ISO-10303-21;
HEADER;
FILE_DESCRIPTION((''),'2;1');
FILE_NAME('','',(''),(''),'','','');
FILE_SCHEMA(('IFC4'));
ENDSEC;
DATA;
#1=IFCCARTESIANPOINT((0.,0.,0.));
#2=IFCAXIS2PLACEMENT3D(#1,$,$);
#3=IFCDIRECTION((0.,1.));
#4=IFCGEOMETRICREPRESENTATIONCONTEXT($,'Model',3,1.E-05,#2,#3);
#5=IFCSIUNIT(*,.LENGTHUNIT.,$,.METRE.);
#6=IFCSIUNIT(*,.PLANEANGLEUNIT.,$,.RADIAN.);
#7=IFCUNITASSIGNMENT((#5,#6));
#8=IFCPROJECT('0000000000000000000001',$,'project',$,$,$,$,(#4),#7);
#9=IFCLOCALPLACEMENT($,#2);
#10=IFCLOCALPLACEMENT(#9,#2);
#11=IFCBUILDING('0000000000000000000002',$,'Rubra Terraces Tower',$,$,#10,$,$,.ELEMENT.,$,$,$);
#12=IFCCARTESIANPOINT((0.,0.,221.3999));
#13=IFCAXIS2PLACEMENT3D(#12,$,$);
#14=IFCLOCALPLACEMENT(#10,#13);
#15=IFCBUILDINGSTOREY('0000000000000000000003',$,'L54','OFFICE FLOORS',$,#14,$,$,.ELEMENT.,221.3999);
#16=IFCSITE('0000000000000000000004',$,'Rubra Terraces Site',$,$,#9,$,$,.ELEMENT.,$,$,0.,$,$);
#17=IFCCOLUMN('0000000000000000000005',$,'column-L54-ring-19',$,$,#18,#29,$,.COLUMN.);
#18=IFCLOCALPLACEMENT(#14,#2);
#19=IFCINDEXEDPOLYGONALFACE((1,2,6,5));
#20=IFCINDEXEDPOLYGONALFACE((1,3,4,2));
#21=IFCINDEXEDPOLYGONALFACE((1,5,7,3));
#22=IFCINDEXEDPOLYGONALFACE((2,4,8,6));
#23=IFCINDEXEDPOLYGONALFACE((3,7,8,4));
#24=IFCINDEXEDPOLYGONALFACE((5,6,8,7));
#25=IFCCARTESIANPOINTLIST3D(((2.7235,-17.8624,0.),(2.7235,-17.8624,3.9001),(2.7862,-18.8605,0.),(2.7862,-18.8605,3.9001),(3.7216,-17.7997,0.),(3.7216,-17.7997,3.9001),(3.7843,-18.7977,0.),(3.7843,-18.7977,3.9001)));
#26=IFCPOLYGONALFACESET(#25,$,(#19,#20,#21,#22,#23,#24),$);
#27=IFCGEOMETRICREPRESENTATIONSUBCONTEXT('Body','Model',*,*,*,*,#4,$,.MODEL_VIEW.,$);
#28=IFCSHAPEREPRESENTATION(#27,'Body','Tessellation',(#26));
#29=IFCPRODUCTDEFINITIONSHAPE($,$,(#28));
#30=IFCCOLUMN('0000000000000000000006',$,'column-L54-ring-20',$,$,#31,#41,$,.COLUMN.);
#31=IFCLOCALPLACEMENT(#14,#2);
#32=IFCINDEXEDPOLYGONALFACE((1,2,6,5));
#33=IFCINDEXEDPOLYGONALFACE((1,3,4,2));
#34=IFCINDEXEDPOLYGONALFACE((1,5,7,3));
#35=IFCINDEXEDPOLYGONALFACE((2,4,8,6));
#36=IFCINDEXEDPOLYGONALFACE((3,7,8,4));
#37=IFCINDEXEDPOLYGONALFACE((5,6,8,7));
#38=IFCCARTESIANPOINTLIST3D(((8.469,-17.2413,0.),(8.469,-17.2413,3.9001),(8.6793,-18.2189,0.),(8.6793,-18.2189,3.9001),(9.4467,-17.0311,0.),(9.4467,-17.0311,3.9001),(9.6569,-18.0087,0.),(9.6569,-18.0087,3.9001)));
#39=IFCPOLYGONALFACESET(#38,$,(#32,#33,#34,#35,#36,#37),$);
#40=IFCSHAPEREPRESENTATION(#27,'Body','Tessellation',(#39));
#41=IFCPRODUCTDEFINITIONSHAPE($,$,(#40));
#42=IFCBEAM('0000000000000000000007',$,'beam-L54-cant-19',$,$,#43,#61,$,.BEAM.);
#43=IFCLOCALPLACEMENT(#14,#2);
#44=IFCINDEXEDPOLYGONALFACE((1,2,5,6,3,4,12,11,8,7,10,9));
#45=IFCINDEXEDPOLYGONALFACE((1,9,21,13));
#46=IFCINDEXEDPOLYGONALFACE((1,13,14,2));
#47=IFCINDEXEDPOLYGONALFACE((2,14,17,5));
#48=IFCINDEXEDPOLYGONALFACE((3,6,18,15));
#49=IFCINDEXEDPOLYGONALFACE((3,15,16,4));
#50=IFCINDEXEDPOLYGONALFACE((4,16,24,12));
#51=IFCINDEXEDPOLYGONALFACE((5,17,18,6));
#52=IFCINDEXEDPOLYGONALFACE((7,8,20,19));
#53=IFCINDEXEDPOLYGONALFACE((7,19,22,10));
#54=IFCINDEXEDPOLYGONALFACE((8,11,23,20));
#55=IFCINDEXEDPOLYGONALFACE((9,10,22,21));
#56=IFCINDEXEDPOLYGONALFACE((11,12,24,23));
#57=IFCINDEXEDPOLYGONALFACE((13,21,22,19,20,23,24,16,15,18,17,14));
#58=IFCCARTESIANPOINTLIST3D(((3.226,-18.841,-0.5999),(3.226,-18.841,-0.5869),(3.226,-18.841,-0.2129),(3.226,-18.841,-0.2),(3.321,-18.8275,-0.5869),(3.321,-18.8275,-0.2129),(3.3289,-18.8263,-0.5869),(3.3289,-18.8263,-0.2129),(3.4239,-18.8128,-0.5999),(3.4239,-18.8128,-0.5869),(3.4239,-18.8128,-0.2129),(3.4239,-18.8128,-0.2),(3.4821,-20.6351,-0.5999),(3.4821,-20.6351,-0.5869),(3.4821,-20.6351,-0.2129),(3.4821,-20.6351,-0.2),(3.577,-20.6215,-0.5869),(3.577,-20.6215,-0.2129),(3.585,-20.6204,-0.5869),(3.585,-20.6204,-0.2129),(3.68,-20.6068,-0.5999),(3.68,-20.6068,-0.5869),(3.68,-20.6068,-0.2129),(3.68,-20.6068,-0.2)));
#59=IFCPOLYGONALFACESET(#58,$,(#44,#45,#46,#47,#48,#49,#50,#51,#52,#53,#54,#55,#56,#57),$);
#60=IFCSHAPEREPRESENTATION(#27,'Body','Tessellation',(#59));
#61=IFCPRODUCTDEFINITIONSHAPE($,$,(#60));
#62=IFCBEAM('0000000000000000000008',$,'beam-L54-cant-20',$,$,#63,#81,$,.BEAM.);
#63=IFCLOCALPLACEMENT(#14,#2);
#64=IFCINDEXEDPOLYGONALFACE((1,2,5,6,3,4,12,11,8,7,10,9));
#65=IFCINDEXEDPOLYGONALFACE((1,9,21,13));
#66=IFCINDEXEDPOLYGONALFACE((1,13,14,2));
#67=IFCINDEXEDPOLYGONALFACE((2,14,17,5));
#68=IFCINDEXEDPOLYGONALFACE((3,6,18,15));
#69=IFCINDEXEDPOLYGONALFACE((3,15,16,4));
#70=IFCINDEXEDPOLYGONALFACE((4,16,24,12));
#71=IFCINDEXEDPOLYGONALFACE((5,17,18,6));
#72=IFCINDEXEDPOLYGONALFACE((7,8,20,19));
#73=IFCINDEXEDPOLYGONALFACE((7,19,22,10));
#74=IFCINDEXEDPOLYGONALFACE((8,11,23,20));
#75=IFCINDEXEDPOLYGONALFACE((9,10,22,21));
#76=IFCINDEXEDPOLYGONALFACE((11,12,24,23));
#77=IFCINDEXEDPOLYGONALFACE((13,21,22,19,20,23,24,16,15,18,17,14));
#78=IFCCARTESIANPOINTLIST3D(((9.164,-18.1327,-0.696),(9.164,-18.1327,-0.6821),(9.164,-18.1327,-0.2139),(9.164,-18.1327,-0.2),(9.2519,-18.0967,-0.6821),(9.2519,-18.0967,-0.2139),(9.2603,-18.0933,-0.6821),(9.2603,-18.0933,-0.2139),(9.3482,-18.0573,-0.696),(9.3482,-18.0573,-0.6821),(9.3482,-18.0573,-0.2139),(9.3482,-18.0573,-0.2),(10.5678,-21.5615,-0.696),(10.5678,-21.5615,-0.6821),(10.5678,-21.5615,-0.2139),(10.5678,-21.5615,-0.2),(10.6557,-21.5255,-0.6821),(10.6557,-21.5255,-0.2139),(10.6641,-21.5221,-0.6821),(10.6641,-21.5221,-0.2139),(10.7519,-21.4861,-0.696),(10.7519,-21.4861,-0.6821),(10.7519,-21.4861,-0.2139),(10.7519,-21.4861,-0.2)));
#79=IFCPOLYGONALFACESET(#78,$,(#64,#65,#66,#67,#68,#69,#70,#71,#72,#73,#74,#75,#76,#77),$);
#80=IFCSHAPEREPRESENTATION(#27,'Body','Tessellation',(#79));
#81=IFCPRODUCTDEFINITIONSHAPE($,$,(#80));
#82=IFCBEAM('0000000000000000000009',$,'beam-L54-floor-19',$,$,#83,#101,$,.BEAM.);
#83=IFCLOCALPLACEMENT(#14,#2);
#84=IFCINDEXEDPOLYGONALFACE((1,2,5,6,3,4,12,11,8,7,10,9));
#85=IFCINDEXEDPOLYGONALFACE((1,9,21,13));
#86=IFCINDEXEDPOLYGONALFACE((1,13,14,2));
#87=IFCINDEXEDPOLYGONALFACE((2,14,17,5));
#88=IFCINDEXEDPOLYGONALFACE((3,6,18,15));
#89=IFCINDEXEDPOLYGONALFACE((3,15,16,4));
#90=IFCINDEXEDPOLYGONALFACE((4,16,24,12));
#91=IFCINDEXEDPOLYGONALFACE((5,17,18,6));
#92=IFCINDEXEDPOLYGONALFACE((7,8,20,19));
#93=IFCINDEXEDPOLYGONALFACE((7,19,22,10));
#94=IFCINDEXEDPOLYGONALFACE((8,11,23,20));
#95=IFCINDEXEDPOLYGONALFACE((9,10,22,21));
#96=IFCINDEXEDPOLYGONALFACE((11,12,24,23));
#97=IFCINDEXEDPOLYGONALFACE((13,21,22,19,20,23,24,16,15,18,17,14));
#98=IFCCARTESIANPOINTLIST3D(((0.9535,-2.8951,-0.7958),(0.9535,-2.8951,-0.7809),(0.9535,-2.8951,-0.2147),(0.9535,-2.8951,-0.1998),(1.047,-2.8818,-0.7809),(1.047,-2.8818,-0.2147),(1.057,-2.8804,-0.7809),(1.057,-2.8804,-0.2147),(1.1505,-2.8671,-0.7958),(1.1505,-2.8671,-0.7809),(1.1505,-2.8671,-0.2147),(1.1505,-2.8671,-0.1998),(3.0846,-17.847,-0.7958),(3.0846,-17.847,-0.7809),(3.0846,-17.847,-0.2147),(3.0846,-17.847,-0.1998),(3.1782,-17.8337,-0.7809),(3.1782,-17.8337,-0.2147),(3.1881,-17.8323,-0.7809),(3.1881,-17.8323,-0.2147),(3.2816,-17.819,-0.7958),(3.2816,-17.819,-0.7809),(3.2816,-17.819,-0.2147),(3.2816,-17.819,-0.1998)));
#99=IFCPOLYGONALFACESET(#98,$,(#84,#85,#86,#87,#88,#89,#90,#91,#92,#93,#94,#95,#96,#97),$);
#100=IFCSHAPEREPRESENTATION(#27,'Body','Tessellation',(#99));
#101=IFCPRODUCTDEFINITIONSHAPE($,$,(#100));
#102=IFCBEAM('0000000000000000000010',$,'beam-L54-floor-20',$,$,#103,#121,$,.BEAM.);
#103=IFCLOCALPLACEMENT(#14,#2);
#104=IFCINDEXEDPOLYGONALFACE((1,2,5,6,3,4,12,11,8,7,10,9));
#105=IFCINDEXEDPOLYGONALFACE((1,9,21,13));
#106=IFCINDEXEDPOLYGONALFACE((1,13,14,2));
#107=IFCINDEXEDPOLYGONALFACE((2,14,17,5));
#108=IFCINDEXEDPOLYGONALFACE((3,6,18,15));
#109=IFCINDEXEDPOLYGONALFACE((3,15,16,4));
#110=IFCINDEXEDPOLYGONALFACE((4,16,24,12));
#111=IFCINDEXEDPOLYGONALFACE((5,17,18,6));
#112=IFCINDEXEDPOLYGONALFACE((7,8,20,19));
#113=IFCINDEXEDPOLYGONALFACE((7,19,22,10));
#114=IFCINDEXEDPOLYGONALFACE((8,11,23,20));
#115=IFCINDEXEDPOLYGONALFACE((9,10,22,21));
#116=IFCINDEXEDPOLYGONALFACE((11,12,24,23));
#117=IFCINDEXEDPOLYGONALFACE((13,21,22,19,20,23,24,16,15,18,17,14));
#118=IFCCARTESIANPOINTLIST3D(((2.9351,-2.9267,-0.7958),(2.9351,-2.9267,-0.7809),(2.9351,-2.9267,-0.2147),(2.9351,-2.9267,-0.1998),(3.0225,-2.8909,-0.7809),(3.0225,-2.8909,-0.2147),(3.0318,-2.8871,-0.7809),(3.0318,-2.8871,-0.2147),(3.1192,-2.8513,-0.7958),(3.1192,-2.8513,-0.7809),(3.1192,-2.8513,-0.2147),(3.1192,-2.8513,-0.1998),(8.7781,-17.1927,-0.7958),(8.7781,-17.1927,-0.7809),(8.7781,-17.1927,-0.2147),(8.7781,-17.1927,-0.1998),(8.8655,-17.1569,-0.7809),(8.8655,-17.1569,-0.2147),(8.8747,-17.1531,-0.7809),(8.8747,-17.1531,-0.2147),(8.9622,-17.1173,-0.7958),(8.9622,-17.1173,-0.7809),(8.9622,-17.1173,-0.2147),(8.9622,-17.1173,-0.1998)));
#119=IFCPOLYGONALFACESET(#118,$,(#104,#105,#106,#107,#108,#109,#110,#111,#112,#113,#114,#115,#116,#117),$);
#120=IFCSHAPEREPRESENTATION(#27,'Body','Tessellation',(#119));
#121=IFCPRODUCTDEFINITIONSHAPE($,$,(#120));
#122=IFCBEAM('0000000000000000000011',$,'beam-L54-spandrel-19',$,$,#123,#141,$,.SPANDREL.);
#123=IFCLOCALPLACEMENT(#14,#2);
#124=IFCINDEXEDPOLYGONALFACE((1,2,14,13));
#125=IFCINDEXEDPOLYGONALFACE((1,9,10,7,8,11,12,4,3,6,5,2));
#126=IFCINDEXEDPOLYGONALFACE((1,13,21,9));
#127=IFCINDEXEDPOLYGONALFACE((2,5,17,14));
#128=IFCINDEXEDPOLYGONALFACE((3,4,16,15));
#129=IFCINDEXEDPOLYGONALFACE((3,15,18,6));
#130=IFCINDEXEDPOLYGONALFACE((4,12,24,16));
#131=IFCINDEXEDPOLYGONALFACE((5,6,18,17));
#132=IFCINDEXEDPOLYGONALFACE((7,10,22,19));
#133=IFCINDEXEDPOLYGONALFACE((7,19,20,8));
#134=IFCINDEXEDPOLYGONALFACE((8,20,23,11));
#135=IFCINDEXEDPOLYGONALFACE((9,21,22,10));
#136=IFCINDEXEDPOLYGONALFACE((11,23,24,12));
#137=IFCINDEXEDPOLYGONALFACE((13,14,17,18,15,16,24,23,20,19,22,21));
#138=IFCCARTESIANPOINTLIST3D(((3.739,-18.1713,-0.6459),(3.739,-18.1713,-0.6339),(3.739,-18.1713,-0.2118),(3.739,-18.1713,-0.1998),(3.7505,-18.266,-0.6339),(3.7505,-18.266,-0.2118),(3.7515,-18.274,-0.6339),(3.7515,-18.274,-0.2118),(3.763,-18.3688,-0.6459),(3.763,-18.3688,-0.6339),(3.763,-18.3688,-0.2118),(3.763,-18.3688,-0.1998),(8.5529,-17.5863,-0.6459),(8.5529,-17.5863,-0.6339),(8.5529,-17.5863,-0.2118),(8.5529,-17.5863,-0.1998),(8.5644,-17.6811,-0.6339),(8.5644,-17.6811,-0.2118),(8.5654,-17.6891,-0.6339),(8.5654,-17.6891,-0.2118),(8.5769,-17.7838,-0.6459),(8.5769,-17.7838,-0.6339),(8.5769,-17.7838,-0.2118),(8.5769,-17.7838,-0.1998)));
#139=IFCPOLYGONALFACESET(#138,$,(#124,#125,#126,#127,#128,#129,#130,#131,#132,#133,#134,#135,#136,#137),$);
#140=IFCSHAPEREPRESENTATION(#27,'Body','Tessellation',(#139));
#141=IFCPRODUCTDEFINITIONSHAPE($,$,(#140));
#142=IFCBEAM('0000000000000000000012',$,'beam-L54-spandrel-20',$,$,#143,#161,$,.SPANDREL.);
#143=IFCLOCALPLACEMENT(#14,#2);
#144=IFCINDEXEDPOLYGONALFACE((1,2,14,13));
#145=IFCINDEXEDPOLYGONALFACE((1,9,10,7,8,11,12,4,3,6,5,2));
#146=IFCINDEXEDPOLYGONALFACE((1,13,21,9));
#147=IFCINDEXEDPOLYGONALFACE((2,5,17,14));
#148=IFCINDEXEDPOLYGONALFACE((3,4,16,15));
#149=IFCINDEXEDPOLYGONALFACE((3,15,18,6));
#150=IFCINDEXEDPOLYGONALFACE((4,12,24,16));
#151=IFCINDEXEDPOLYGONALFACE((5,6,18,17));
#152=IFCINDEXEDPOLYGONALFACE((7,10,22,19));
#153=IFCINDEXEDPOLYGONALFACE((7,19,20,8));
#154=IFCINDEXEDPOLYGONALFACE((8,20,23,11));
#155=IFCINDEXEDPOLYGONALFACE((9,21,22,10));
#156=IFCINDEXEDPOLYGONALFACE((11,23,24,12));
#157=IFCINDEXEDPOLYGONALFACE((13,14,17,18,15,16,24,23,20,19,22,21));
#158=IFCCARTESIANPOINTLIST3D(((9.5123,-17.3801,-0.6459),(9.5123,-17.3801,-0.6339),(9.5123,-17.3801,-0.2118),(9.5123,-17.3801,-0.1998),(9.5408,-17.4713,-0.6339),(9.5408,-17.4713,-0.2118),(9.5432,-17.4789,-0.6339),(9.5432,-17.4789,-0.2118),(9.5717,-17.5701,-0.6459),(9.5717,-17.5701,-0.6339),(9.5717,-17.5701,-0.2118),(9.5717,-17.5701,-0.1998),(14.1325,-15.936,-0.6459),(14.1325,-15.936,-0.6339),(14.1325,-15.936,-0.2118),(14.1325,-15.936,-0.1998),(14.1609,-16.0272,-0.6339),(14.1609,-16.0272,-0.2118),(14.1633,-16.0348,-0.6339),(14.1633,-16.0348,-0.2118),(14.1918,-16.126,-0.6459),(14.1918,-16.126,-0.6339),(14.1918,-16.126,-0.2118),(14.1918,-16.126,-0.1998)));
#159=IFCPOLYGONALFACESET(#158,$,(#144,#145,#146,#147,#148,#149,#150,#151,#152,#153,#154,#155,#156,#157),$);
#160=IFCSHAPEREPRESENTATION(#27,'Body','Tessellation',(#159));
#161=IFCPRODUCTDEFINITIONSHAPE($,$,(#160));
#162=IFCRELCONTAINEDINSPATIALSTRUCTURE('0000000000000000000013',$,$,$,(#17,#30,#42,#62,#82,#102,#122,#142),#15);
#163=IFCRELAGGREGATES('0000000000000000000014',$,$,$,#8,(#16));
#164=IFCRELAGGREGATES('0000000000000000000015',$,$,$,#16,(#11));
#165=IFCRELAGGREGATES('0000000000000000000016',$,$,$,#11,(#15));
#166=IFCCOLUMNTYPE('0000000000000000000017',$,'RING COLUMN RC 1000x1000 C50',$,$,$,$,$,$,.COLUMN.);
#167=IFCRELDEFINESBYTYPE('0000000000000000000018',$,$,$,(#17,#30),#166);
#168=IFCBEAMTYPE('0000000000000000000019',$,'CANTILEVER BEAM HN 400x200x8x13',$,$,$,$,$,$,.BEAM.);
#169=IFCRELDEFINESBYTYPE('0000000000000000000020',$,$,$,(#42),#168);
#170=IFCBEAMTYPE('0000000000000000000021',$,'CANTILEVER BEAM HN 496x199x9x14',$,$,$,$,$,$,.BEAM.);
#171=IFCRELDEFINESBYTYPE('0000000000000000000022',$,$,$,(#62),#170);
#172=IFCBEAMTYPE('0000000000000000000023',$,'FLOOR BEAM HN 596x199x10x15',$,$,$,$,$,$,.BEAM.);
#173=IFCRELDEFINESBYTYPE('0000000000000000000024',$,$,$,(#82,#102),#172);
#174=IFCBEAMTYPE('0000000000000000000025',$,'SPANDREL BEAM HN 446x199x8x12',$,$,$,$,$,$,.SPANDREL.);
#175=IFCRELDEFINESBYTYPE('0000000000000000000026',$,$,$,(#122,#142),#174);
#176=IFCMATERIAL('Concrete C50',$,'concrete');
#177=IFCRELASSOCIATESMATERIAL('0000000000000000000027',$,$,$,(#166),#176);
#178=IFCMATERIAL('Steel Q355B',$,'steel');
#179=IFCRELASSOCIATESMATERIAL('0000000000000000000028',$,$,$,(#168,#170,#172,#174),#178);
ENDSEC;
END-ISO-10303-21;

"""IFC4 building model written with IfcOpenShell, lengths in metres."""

from ifc_helpers import new_model, si_unit, direction, frame, origin, origin_2d, place, context, subcontext, project, spatial, rectangle, i_section, extrude, material, material_profile, profile_set, type_object, element, save


model = new_model("IFC4")

# Units and contexts
model_context = context("Model", 3, precision=1e-05, world=origin(), true_north=direction((0.0, 1.0)))
body_context = subcontext(model_context, "Body", "Model", "MODEL_VIEW")
ifc_project = project(units=[si_unit("LENGTHUNIT", "METRE"), si_unit("PLANEANGLEUNIT", "RADIAN")], contexts=[model_context])

# Site, building, storey
site_placement = place(None, origin())
site = spatial("IfcSite", under=ifc_project, at=site_placement, Name="Rubra Terraces Site", CompositionType="ELEMENT", RefElevation=0.0)
building_placement = place(site_placement, origin())
building = spatial("IfcBuilding", under=site, at=building_placement, Name="Rubra Terraces Tower", CompositionType="ELEMENT")
storey_placement = place(building_placement, frame((0.0, 0.0, 221.3999)))
storey = spatial("IfcBuildingStorey", under=building, at=storey_placement, Name="L54", Description="OFFICE FLOORS", CompositionType="ELEMENT", Elevation=221.3999)

# Columns
ifc_material_1 = material(Name="Concrete C50", Category="concrete")
ifc_material_profile_1 = material_profile(ifc_material_1, rectangle(XDim=1.0, YDim=1.0, at=origin_2d()), Name="RC 1000x1000")
ifc_profile_set_1 = profile_set([ifc_material_profile_1], Name="Concrete C50")
column_type = type_object("IfcColumnType", Name="RING COLUMN RC 1000x1000 C50", PredefinedType="COLUMN", material=ifc_profile_set_1)
for number, where, z_axis, x_axis, name in (
    (1, (3.2539, -18.3301, 0.0), (0.0, 0.0, 1.0), (0.998032, 0.062714, 0.0), "column-L54-ring-19"),
    (2, (9.063, -17.625, 0.0), (0.0, 0.0, 1.0), (0.977653, 0.210227, 0.0), "column-L54-ring-20"),
):
    element("IfcColumn", number, at=place(storey_placement, frame(where, z_axis=z_axis, x_axis=x_axis)), inside=storey, type_object=column_type, Name=name, PredefinedType="COLUMN", context=body_context, shape_type="SweptSolid", body=[
        extrude(rectangle(XDim=1.0, YDim=1.0, at=origin_2d()), origin(), (0.0, 0.0, 1.0), 3.9001),
    ])

# Beams
ifc_material_2 = material(Name="Steel Q355B", Category="steel")
ifc_material_profile_2 = material_profile(ifc_material_2, i_section(OverallWidth=0.2, OverallDepth=0.3999, WebThickness=0.0081, FlangeThickness=0.0129, at=origin_2d()), Name="HN 400x200x8x13")
ifc_profile_set_2 = profile_set([ifc_material_profile_2], Name="Steel Q355B")
beam_type_1 = type_object("IfcBeamType", Name="CANTILEVER BEAM HN 400x200x8x13", PredefinedType="BEAM", material=ifc_profile_set_2)
beam_1_placement = place(storey_placement, frame((3.325, -18.8269, -0.3999), z_axis=(0.141308, -0.989966, 0.0), x_axis=(0.989966, 0.141308, 0.0)))
element("IfcBeam", 3, at=beam_1_placement, inside=storey, type_object=beam_type_1, Name="beam-L54-cant-19", PredefinedType="BEAM", context=body_context, shape_type="SweptSolid", body=[
    extrude(i_section(OverallWidth=0.2, OverallDepth=0.3999, WebThickness=0.0081, FlangeThickness=0.0129, at=origin_2d()), origin(), (0.0, 0.0, 1.0), 1.8123),
])
ifc_material_profile_3 = material_profile(ifc_material_2, i_section(OverallWidth=0.199, OverallDepth=0.4961, WebThickness=0.009, FlangeThickness=0.0139, at=origin_2d()), Name="HN 496x199x9x14")
ifc_profile_set_3 = profile_set([ifc_material_profile_3], Name="Steel Q355B")
beam_type_2 = type_object("IfcBeamType", Name="CANTILEVER BEAM HN 496x199x9x14", PredefinedType="BEAM", material=ifc_profile_set_3)
beam_2_placement = place(storey_placement, frame((9.2561, -18.095, -0.448), z_axis=(0.378877, -0.925447, 0.0), x_axis=(0.925447, 0.378877, 0.0)))
element("IfcBeam", 4, at=beam_2_placement, inside=storey, type_object=beam_type_2, Name="beam-L54-cant-20", PredefinedType="BEAM", context=body_context, shape_type="SweptSolid", body=[
    extrude(i_section(OverallWidth=0.199, OverallDepth=0.4961, WebThickness=0.009, FlangeThickness=0.0139, at=origin_2d()), origin(), (0.0, 0.0, 1.0), 3.7051),
])
ifc_material_profile_4 = material_profile(ifc_material_2, i_section(OverallWidth=0.199, OverallDepth=0.5959, WebThickness=0.01, FlangeThickness=0.0149, at=origin_2d()), Name="HN 596x199x10x15")
ifc_profile_set_4 = profile_set([ifc_material_profile_4], Name="Steel Q355B")
beam_type_3 = type_object("IfcBeamType", Name="FLOOR BEAM HN 596x199x10x15", PredefinedType="BEAM", material=ifc_profile_set_4)
beam_3_placement = place(storey_placement, frame((3.1831, -17.833, -0.4978), z_axis=(-0.141105, 0.989995, 0.0), x_axis=(-0.989995, -0.141105, 0.0)))
element("IfcBeam", 5, at=beam_3_placement, inside=storey, type_object=beam_type_3, Name="beam-L54-floor-19", PredefinedType="BEAM", context=body_context, shape_type="SweptSolid", body=[
    extrude(i_section(OverallWidth=0.199, OverallDepth=0.5959, WebThickness=0.01, FlangeThickness=0.0149, at=origin_2d()), origin(), (0.0, 0.0, 1.0), 15.103),
])
beam_4_placement = place(storey_placement, frame((8.8701, -17.155, -0.4978), z_axis=(-0.379015, 0.92539, 0.0), x_axis=(-0.92539, -0.379015, 0.0)))
element("IfcBeam", 6, at=beam_4_placement, inside=storey, type_object=beam_type_3, Name="beam-L54-floor-20", PredefinedType="BEAM", context=body_context, shape_type="SweptSolid", body=[
    extrude(i_section(OverallWidth=0.199, OverallDepth=0.5959, WebThickness=0.01, FlangeThickness=0.0149, at=origin_2d()), origin(), (0.0, 0.0, 1.0), 15.4163),
])
ifc_material_profile_5 = material_profile(ifc_material_2, i_section(OverallWidth=0.199, OverallDepth=0.446, WebThickness=0.0081, FlangeThickness=0.012, at=origin_2d()), Name="HN 446x199x8x12")
ifc_profile_set_5 = profile_set([ifc_material_profile_5], Name="Steel Q355B")
beam_type_4 = type_object("IfcBeamType", Name="SPANDREL BEAM HN 446x199x8x12", PredefinedType="SPANDREL", material=ifc_profile_set_5)
beam_5_placement = place(storey_placement, frame((3.751, -18.27, -0.4229), z_axis=(0.992698, 0.120626, 0.0), x_axis=(-0.120626, 0.992698, 0.0)))
element("IfcBeam", 7, at=beam_5_placement, inside=storey, type_object=beam_type_4, Name="beam-L54-spandrel-19", PredefinedType="SPANDREL", context=body_context, shape_type="SweptSolid", body=[
    extrude(i_section(OverallWidth=0.199, OverallDepth=0.446, WebThickness=0.0081, FlangeThickness=0.012, at=origin_2d()), origin(), (0.0, 0.0, 1.0), 4.8494),
])
beam_6_placement = place(storey_placement, frame((9.542, -17.4751, -0.4229), z_axis=(0.954462, 0.298332, 0.0), x_axis=(-0.298332, 0.954462, 0.0)))
element("IfcBeam", 8, at=beam_6_placement, inside=storey, type_object=beam_type_4, Name="beam-L54-spandrel-20", PredefinedType="SPANDREL", context=body_context, shape_type="SweptSolid", body=[
    extrude(i_section(OverallWidth=0.199, OverallDepth=0.446, WebThickness=0.0081, FlangeThickness=0.012, at=origin_2d()), origin(), (0.0, 0.0, 1.0), 4.8406),
])

save(model, "model.ifc")
